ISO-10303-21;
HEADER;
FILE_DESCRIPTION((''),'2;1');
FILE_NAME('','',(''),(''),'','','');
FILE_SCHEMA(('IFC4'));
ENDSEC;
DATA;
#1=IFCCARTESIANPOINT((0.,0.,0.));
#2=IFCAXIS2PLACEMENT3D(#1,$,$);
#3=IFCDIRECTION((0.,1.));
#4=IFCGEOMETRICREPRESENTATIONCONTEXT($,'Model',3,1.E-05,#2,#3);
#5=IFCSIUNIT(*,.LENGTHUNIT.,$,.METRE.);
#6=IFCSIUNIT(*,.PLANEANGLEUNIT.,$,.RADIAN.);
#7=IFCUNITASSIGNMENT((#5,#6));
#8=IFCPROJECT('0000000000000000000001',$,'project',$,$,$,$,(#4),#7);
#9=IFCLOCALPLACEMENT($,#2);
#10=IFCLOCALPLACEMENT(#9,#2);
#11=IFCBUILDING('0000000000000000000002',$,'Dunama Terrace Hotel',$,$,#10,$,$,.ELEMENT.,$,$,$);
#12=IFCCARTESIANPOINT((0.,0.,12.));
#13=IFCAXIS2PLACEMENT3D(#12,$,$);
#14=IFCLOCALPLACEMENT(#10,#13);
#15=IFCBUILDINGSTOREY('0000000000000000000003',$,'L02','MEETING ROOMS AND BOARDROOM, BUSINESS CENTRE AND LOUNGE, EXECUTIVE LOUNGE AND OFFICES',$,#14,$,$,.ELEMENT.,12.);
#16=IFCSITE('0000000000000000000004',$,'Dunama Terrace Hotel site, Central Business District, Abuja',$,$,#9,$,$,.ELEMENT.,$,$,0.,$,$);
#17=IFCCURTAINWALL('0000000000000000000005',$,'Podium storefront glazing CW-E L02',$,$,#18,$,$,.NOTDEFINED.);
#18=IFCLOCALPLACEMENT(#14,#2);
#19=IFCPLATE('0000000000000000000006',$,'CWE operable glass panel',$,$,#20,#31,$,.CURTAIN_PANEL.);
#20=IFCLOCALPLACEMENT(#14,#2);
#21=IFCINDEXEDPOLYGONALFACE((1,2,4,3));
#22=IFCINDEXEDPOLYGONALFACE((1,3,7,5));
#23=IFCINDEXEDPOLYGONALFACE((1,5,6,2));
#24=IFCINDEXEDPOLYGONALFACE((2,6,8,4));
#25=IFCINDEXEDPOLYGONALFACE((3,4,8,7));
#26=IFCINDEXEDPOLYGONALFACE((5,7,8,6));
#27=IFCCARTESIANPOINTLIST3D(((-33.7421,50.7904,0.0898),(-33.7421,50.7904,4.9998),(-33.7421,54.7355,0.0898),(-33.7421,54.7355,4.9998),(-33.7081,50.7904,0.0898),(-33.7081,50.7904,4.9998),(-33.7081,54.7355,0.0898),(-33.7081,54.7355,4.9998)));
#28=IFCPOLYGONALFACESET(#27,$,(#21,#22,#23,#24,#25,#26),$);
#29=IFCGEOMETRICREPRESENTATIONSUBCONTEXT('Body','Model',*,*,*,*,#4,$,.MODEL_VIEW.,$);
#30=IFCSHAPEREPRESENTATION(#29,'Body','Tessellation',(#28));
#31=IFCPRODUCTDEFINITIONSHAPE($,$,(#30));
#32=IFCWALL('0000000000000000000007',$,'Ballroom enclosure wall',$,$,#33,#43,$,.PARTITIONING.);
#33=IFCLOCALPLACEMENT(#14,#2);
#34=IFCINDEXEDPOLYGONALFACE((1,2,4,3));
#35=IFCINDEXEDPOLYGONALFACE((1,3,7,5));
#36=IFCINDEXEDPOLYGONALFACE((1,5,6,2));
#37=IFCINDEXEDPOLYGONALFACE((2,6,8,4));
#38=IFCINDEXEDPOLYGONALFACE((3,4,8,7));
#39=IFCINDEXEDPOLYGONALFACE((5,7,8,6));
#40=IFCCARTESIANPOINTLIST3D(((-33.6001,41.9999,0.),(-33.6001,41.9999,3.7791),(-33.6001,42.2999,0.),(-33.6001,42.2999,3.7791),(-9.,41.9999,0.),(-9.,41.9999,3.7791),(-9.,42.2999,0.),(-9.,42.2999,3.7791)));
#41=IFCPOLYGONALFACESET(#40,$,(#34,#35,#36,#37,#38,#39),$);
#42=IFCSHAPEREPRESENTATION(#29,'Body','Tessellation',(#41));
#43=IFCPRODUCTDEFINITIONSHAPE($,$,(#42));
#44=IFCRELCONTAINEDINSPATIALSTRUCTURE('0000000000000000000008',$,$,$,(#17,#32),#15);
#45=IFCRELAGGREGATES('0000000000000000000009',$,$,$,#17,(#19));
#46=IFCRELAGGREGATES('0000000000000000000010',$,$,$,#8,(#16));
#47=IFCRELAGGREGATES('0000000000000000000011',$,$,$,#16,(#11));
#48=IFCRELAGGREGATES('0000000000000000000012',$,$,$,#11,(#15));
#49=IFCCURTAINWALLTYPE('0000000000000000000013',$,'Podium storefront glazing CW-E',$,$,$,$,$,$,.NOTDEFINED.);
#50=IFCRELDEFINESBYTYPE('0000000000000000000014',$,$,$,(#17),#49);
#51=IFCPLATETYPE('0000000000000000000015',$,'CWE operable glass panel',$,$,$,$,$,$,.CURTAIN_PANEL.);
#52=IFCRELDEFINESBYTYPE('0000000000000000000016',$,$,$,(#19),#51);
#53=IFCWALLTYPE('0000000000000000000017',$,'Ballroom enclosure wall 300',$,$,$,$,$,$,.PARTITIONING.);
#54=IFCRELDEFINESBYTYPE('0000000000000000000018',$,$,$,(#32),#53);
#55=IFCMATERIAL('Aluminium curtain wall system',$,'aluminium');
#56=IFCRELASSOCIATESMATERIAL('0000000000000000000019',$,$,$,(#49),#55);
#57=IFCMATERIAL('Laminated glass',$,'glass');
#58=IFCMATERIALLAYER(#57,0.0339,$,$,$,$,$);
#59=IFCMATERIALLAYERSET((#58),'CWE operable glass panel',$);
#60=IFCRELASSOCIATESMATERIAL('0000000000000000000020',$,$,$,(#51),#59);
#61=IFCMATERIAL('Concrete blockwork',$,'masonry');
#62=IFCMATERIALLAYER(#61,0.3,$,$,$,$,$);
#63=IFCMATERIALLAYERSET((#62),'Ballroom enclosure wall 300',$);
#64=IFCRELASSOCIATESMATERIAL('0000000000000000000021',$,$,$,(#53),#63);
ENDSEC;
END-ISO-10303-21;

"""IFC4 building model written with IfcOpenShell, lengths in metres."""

from ifc_helpers import new_model, si_unit, direction, frame, frame_2d, origin, origin_2d, place, context, subcontext, project, spatial, rectangle, extrude, material, layer, layer_set, type_object, element, aggregate, save


model = new_model("IFC4")

# Units and contexts
model_context = context("Model", 3, precision=1e-05, world=origin(), true_north=direction((0.0, 1.0)))
body_context = subcontext(model_context, "Body", "Model", "MODEL_VIEW")
ifc_project = project(units=[si_unit("LENGTHUNIT", "METRE"), si_unit("PLANEANGLEUNIT", "RADIAN")], contexts=[model_context])

# Site, building, storey
site_placement = place(None, origin())
site = spatial("IfcSite", under=ifc_project, at=site_placement, Name="Dunama Terrace Hotel site, Central Business District, Abuja", CompositionType="ELEMENT", RefElevation=0.0)
building_placement = place(site_placement, origin())
building = spatial("IfcBuilding", under=site, at=building_placement, Name="Dunama Terrace Hotel", CompositionType="ELEMENT")
storey_placement = place(building_placement, frame((0.0, 0.0, 12.0)))
storey = spatial("IfcBuildingStorey", under=building, at=storey_placement, Name="L02", Description="MEETING ROOMS AND BOARDROOM, BUSINESS CENTRE AND LOUNGE, EXECUTIVE LOUNGE AND OFFICES", CompositionType="ELEMENT", Elevation=12.0)

# Curtain wall
ifc_material_1 = material(Name="Aluminium curtain wall system", Category="aluminium")
curtain_wall_type = type_object("IfcCurtainWallType", Name="Podium storefront glazing CW-E", PredefinedType="NOTDEFINED", material=ifc_material_1)
curtain_wall_1_placement = place(storey_placement, origin())
curtain_wall_1 = element("IfcCurtainWall", 1, at=curtain_wall_1_placement, inside=storey, type_object=curtain_wall_type, Name="Podium storefront glazing CW-E L02", PredefinedType="NOTDEFINED")

# Plate
ifc_material_2 = material(Name="Laminated glass", Category="glass")
ifc_layer_1 = layer(ifc_material_2, 0.0339)
ifc_layer_set_1 = layer_set([ifc_layer_1], Name="CWE operable glass panel")
plate_type_1 = type_object("IfcPlateType", Name="CWE operable glass panel", PredefinedType="CURTAIN_PANEL", material=ifc_layer_set_1)
plate_1_placement = place(storey_placement, frame((-33.7251, 52.7629, 0.0898), z_axis=(0.0, 0.0, 1.0), x_axis=(0.0, -1.0, 0.0)))
plate_1 = element("IfcPlate", 2, at=plate_1_placement, type_object=plate_type_1, Name="CWE operable glass panel", PredefinedType="CURTAIN_PANEL", context=body_context, shape_type="SweptSolid", body=[
    extrude(rectangle(XDim=3.9451, YDim=0.0339, at=origin_2d()), origin(), (0.0, 0.0, 1.0), 4.9099),
])
aggregate(curtain_wall_1, [plate_1])

# Wall
ifc_material_3 = material(Name="Concrete blockwork", Category="masonry")
ifc_layer_2 = layer(ifc_material_3, 0.3)
ifc_layer_set_2 = layer_set([ifc_layer_2], Name="Ballroom enclosure wall 300")
wall_type = type_object("IfcWallType", Name="Ballroom enclosure wall 300", PredefinedType="PARTITIONING", material=ifc_layer_set_2)
wall_placement = place(storey_placement, frame((-33.6001, 42.1499, 0.0), z_axis=(0.0, 0.0, 1.0), x_axis=(1.0, 0.0, 0.0)))
element("IfcWall", 3, at=wall_placement, inside=storey, type_object=wall_type, Name="Ballroom enclosure wall", PredefinedType="PARTITIONING", context=body_context, shape_type="SweptSolid", body=[
    extrude(rectangle(XDim=24.6001, YDim=0.3, at=frame_2d((12.3, 0.0))), origin(), (0.0, 0.0, 1.0), 3.7791),
])

save(model, "model.ifc")
